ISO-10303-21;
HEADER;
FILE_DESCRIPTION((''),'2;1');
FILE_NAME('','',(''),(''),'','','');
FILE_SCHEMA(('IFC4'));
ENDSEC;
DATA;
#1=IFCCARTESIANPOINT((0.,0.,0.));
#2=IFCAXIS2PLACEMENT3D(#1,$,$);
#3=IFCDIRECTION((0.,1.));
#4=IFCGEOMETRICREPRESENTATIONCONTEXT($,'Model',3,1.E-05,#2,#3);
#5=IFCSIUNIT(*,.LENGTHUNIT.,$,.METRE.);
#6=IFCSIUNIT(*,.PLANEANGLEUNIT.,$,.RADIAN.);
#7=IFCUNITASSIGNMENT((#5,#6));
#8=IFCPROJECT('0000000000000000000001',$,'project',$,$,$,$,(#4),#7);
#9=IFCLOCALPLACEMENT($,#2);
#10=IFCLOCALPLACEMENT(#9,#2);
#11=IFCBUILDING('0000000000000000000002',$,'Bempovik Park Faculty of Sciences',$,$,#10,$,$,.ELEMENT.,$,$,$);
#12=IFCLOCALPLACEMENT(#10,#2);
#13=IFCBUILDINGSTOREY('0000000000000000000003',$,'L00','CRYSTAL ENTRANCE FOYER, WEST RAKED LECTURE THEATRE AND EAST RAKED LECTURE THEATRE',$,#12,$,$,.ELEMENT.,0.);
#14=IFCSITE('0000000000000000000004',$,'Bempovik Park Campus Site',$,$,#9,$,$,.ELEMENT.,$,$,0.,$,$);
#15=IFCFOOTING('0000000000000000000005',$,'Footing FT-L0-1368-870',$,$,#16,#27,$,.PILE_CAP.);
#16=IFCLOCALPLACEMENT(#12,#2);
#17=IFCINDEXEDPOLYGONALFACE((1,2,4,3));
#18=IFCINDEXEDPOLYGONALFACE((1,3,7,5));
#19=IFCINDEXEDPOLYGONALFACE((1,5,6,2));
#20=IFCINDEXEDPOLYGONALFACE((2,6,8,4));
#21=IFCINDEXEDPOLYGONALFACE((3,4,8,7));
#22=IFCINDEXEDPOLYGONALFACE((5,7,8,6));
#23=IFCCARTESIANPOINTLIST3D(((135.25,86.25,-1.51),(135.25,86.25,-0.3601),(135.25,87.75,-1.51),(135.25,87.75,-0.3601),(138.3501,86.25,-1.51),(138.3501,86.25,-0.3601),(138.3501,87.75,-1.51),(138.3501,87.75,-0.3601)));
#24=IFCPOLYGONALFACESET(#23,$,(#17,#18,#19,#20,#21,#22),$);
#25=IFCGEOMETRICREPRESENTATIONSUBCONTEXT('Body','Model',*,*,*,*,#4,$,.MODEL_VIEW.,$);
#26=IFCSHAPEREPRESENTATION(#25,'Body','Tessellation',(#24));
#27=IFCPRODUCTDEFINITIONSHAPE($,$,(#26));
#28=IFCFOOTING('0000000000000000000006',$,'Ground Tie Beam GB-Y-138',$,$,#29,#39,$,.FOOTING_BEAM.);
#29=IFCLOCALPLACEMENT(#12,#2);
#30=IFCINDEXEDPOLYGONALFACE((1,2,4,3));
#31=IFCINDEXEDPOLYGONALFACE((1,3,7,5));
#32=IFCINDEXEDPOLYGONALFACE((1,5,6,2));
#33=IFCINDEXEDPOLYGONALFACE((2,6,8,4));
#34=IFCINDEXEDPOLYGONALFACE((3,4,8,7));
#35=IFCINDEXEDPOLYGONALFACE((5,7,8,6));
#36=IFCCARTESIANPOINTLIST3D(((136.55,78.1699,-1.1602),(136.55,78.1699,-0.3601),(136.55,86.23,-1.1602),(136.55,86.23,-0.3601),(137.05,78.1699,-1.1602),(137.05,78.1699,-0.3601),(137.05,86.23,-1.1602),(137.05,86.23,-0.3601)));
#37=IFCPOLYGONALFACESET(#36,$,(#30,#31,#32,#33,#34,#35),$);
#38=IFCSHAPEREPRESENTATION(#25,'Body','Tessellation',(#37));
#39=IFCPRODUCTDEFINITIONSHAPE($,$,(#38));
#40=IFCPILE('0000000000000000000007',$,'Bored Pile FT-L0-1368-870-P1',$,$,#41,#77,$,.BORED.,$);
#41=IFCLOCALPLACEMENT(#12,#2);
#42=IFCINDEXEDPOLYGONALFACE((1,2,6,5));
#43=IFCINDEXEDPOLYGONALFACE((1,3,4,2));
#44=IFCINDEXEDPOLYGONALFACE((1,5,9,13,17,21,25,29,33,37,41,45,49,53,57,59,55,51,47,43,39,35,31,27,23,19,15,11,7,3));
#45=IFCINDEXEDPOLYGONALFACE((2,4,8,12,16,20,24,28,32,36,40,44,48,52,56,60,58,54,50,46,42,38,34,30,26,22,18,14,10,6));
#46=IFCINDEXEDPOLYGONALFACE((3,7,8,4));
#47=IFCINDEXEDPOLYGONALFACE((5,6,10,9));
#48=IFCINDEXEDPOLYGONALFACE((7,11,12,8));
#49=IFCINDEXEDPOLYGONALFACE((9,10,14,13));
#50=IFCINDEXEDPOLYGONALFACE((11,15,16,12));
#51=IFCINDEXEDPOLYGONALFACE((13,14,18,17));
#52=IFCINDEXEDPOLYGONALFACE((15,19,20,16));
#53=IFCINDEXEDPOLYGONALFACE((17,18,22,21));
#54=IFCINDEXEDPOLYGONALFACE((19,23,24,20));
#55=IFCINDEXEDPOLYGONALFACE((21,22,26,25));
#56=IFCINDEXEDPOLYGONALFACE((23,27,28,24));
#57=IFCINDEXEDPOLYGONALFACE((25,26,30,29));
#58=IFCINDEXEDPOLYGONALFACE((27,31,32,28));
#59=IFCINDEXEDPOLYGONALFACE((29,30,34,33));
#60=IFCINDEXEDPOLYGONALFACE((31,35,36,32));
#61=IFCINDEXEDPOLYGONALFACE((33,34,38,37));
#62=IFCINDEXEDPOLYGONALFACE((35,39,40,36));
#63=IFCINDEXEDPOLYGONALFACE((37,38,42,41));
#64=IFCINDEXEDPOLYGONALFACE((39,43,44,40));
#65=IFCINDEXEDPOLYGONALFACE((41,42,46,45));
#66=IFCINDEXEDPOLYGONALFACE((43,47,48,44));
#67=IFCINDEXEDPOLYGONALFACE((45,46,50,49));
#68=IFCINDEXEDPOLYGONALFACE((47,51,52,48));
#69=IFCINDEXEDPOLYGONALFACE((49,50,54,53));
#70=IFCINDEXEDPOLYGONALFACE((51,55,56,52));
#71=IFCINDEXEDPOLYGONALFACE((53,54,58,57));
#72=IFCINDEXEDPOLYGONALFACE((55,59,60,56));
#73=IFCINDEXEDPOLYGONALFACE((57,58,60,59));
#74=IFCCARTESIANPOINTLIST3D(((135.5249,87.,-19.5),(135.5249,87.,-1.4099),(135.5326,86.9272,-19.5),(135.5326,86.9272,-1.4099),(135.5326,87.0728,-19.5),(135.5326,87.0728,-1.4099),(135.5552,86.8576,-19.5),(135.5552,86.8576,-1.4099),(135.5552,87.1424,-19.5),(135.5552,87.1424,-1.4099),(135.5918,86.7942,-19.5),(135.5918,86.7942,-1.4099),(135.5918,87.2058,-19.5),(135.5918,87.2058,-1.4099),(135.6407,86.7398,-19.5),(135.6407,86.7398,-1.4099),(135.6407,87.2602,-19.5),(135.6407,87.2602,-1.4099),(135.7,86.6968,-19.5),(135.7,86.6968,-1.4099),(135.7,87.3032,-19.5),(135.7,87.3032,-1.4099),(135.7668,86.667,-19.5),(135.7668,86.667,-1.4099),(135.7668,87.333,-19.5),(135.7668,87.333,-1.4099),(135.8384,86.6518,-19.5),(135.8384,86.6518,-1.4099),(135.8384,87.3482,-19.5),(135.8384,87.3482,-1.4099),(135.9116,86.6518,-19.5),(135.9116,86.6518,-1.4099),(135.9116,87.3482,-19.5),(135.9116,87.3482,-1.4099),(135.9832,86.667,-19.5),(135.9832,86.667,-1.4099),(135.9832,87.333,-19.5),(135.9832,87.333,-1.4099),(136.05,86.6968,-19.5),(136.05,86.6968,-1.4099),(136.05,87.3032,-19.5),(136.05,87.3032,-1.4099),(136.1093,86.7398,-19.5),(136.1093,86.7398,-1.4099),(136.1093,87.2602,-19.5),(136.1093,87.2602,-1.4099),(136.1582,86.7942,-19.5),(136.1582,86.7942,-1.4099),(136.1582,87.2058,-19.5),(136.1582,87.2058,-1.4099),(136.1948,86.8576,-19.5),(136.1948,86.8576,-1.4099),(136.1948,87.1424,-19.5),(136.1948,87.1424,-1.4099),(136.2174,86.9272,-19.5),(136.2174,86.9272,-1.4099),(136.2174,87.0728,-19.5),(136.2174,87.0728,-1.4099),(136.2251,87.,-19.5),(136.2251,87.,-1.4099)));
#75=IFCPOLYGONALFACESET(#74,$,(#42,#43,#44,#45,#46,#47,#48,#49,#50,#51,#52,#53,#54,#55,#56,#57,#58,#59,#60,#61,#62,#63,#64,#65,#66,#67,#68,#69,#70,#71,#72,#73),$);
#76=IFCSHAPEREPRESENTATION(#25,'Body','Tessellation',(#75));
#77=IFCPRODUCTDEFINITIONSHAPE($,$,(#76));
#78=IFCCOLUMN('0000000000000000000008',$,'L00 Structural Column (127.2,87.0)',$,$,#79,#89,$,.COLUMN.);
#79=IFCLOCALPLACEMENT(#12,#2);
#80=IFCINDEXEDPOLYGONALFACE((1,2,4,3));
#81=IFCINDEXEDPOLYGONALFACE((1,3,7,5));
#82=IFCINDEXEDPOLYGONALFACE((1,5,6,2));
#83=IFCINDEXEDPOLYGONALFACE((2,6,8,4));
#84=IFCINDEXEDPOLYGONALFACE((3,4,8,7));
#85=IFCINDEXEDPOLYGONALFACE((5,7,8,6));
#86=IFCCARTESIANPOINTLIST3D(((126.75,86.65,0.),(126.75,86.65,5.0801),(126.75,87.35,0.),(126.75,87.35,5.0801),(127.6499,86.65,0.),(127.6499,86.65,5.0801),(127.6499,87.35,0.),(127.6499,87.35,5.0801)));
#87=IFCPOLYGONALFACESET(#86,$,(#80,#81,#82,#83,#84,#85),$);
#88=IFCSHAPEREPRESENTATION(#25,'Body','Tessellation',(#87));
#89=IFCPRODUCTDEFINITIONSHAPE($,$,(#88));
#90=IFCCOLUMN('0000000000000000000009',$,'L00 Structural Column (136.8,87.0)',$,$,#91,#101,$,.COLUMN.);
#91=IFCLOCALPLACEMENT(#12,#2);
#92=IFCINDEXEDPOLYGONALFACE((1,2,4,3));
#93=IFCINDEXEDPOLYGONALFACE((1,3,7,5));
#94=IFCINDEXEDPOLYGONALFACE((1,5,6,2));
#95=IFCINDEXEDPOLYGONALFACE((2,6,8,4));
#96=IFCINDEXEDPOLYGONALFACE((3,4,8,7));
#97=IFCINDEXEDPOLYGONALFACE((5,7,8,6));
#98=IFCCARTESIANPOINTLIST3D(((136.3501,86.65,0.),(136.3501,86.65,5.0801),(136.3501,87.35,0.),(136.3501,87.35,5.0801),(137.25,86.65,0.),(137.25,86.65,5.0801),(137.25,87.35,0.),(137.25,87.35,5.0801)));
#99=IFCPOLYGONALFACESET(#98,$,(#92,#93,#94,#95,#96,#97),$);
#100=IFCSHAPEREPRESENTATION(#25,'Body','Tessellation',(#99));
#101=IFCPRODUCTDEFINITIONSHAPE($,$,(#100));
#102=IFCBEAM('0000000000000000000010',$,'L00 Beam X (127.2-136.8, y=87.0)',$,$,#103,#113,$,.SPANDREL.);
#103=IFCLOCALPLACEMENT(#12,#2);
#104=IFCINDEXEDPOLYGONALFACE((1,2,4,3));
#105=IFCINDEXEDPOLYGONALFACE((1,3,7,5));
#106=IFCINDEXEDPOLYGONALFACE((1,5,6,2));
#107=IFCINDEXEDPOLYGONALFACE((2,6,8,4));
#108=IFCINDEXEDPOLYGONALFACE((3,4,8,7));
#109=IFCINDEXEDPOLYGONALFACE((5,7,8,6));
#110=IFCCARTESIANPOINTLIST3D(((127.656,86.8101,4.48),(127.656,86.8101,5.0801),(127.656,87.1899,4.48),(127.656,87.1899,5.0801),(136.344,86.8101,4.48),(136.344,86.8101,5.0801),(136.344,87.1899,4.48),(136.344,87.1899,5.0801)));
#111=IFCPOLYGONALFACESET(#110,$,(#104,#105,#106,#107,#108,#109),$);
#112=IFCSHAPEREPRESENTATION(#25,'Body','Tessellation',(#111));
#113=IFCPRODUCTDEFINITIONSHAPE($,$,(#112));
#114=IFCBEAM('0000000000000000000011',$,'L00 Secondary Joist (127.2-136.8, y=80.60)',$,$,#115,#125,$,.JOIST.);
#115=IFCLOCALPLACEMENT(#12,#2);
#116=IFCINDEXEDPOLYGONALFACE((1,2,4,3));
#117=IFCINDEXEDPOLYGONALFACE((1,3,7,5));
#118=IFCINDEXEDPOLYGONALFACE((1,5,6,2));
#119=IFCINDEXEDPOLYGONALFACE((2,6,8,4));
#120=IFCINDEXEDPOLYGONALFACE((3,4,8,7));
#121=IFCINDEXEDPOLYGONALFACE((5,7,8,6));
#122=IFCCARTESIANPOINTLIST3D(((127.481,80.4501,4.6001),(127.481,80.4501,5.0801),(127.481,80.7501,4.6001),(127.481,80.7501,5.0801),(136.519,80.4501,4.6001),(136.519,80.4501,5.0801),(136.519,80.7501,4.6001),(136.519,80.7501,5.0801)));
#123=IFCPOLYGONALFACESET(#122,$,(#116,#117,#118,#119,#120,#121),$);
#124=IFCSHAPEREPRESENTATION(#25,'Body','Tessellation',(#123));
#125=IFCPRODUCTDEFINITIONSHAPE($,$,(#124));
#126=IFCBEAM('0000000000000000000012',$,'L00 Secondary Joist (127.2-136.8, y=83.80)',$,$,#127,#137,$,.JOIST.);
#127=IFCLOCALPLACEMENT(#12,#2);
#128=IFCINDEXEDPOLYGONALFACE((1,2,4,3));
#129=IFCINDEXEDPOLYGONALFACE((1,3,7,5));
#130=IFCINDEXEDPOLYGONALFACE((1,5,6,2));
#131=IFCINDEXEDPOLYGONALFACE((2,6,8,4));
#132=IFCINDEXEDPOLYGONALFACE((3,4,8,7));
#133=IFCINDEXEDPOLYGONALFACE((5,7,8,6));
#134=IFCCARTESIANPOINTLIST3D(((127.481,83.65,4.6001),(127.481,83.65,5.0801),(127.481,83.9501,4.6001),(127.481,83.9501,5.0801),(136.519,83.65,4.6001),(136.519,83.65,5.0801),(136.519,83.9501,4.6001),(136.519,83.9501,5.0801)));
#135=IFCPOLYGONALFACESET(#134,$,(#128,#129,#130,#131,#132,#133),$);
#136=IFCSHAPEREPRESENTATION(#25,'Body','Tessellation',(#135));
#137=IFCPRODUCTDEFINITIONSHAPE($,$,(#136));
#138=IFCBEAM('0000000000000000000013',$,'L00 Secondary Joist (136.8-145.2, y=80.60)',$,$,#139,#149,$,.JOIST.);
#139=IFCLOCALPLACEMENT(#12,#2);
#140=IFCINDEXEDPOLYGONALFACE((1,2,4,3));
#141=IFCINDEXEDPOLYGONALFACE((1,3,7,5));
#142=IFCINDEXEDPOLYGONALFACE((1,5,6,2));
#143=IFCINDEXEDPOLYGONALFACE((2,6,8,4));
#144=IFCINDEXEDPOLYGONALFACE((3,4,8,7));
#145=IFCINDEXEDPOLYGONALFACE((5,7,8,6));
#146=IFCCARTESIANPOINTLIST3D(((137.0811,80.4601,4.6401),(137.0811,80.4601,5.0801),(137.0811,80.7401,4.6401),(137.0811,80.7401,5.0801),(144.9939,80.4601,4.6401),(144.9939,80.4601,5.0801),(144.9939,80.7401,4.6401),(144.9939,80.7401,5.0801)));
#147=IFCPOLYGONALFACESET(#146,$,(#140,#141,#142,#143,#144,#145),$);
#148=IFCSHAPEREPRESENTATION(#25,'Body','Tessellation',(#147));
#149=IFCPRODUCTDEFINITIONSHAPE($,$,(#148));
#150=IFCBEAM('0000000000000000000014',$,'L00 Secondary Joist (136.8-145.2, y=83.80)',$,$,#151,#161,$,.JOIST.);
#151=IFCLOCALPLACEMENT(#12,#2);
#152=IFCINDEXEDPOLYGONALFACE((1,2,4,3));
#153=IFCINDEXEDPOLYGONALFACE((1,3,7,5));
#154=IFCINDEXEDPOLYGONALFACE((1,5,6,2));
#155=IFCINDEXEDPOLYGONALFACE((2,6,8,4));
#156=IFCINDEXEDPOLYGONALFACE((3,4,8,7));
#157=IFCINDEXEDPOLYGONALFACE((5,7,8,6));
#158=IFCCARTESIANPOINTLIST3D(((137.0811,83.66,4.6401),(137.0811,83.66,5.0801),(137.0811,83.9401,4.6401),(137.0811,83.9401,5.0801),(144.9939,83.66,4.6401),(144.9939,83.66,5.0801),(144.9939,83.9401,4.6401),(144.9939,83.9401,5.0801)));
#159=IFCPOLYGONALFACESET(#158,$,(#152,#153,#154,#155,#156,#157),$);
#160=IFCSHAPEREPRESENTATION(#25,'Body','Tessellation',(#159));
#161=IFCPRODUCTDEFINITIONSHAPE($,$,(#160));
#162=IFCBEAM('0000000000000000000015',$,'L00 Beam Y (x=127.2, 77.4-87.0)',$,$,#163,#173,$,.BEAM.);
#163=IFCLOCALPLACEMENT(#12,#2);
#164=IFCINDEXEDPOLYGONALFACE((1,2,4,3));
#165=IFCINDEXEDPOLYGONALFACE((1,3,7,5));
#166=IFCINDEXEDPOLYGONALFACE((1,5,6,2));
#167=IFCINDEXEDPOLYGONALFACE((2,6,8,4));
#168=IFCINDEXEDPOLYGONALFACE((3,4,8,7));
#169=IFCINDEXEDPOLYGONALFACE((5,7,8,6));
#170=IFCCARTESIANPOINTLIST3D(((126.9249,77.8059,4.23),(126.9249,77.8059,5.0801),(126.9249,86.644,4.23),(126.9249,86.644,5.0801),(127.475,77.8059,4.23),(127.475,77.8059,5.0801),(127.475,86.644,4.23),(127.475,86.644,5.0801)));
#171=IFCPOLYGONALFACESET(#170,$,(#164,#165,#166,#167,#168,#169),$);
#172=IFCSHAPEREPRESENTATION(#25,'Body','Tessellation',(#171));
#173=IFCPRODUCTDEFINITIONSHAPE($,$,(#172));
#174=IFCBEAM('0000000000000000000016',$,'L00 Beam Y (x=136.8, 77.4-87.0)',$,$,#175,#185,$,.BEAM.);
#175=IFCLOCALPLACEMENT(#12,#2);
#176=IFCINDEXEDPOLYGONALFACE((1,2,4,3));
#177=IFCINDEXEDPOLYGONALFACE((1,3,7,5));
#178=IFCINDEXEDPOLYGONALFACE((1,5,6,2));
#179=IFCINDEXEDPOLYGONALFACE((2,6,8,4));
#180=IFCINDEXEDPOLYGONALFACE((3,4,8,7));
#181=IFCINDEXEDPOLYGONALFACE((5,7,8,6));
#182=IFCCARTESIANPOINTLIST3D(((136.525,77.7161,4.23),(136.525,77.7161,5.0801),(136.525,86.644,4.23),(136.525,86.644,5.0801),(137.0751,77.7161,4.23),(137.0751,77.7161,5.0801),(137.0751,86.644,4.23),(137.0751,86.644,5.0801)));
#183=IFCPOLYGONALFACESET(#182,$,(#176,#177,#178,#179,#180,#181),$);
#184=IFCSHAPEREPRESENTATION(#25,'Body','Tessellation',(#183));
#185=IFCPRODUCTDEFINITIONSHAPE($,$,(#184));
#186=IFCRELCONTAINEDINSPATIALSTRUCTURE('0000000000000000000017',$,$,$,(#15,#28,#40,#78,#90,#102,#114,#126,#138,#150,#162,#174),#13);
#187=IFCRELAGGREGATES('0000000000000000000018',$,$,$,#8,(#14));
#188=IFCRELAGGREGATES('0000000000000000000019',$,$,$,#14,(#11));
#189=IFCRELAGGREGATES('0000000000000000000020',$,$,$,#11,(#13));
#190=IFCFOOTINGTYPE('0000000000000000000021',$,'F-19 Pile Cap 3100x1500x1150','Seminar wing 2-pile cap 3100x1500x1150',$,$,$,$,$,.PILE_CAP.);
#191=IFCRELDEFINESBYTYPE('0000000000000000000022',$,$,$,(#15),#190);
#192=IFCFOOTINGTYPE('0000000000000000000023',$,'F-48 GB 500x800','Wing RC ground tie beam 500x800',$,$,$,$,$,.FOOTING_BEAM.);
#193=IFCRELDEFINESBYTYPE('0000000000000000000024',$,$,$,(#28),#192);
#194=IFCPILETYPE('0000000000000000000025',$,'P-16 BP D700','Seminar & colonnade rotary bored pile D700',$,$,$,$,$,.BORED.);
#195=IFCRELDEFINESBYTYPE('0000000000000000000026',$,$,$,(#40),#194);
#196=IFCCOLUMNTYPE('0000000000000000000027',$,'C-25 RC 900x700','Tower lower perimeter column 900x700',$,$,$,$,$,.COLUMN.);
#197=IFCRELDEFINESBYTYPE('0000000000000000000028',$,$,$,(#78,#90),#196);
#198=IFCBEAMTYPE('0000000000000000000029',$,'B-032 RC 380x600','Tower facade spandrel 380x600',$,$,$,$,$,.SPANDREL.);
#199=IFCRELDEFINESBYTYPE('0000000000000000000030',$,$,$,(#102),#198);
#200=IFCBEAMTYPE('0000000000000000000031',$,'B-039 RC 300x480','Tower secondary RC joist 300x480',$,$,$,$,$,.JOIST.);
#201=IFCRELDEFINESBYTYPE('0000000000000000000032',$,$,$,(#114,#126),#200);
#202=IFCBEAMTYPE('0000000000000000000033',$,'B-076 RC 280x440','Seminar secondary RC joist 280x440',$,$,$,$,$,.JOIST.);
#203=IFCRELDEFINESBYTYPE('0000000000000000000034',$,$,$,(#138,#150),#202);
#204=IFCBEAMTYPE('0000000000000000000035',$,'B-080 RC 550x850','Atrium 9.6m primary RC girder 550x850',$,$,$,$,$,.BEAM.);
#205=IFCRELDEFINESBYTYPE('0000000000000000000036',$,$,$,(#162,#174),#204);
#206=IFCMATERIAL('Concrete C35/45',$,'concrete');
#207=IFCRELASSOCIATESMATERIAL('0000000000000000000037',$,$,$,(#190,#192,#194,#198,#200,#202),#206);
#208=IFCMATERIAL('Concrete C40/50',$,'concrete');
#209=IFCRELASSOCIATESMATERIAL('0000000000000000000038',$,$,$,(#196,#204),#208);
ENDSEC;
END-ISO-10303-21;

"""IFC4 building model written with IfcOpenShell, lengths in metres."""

from ifc_helpers import new_model, si_unit, direction, frame, origin, origin_2d, place, context, subcontext, project, spatial, rectangle, circle, extrude, material, material_profile, profile_set, type_object, element, save


model = new_model("IFC4")

# Units and contexts
model_context = context("Model", 3, precision=1e-05, world=origin(), true_north=direction((0.0, 1.0)))
body_context = subcontext(model_context, "Body", "Model", "MODEL_VIEW")
ifc_project = project(units=[si_unit("LENGTHUNIT", "METRE"), si_unit("PLANEANGLEUNIT", "RADIAN")], contexts=[model_context])

# Site, building, storey
site_placement = place(None, origin())
site = spatial("IfcSite", under=ifc_project, at=site_placement, Name="Bempovik Park Campus Site", CompositionType="ELEMENT", RefElevation=0.0)
building_placement = place(site_placement, origin())
building = spatial("IfcBuilding", under=site, at=building_placement, Name="Bempovik Park Faculty of Sciences", CompositionType="ELEMENT")
storey_placement = place(building_placement, origin())
storey = spatial("IfcBuildingStorey", under=building, at=storey_placement, Name="L00", Description="CRYSTAL ENTRANCE FOYER, WEST RAKED LECTURE THEATRE AND EAST RAKED LECTURE THEATRE", CompositionType="ELEMENT", Elevation=0.0)

# Footings
ifc_material_1 = material(Name="Concrete C35/45", Category="concrete")
footing_type_1 = type_object("IfcFootingType", Name="F-19 Pile Cap 3100x1500x1150", Description="Seminar wing 2-pile cap 3100x1500x1150", PredefinedType="PILE_CAP", material=ifc_material_1)
footing_1_placement = place(storey_placement, frame((136.8, 87.0, -1.51), z_axis=(0.0, 0.0, 1.0), x_axis=(1.0, 0.0, 0.0)))
element("IfcFooting", 1, at=footing_1_placement, inside=storey, type_object=footing_type_1, Name="Footing FT-L0-1368-870", PredefinedType="PILE_CAP", context=body_context, shape_type="SweptSolid", body=[
    extrude(rectangle(XDim=3.1001, YDim=1.5, at=origin_2d()), origin(), (0.0, 0.0, 1.0), 1.1499),
])
footing_type_2 = type_object("IfcFootingType", Name="F-48 GB 500x800", Description="Wing RC ground tie beam 500x800", PredefinedType="FOOTING_BEAM", material=ifc_material_1)
footing_2_placement = place(storey_placement, frame((136.8, 82.2, -1.1602), z_axis=(0.0, 0.0, 1.0), x_axis=(1.0, 0.0, 0.0)))
element("IfcFooting", 2, at=footing_2_placement, inside=storey, type_object=footing_type_2, Name="Ground Tie Beam GB-Y-138", PredefinedType="FOOTING_BEAM", context=body_context, shape_type="SweptSolid", body=[
    extrude(rectangle(XDim=0.5, YDim=8.0601, at=origin_2d()), origin(), (0.0, 0.0, 1.0), 0.8),
])

# Pile
ifc_material_profile_1 = material_profile(ifc_material_1, circle(Radius=0.3501, at=origin_2d()), Name="BP D700")
ifc_profile_set_1 = profile_set([ifc_material_profile_1], Name="Concrete C35/45")
pile_type = type_object("IfcPileType", Name="P-16 BP D700", Description="Seminar & colonnade rotary bored pile D700", PredefinedType="BORED", material=ifc_profile_set_1)
pile_placement = place(storey_placement, frame((135.875, 87.0, -1.4099), z_axis=(0.0, 0.0, -1.0), x_axis=(1.0, 0.0, 0.0)))
element("IfcPile", 3, at=pile_placement, inside=storey, type_object=pile_type, Name="Bored Pile FT-L0-1368-870-P1", PredefinedType="BORED", context=body_context, shape_type="SweptSolid", body=[
    extrude(circle(Radius=0.3501, at=origin_2d()), origin(), (0.0, 0.0, 1.0), 18.0901),
])

# Columns
ifc_material_2 = material(Name="Concrete C40/50", Category="concrete")
ifc_material_profile_2 = material_profile(ifc_material_2, rectangle(XDim=0.8999, YDim=0.7, at=origin_2d()), Name="RC 900x700")
ifc_profile_set_2 = profile_set([ifc_material_profile_2], Name="Concrete C40/50")
column_type = type_object("IfcColumnType", Name="C-25 RC 900x700", Description="Tower lower perimeter column 900x700", PredefinedType="COLUMN", material=ifc_profile_set_2)
for number, where, z_axis, x_axis, name in (
    (4, (127.2, 87.0, 0.0), (0.0, 0.0, 1.0), (1.0, 0.0, 0.0), "L00 Structural Column (127.2,87.0)"),
    (5, (136.8, 87.0, 0.0), (0.0, 0.0, 1.0), (1.0, 0.0, 0.0), "L00 Structural Column (136.8,87.0)"),
):
    element("IfcColumn", number, at=place(storey_placement, frame(where, z_axis=z_axis, x_axis=x_axis)), inside=storey, type_object=column_type, Name=name, PredefinedType="COLUMN", context=body_context, shape_type="SweptSolid", body=[
        extrude(rectangle(XDim=0.8999, YDim=0.7, at=origin_2d()), origin(), (0.0, 0.0, 1.0), 5.0801),
    ])

# Beams
ifc_material_profile_3 = material_profile(ifc_material_1, rectangle(XDim=0.3799, YDim=0.6001, at=origin_2d()), Name="RC 380x600")
ifc_profile_set_3 = profile_set([ifc_material_profile_3], Name="Concrete C35/45")
beam_type_1 = type_object("IfcBeamType", Name="B-032 RC 380x600", Description="Tower facade spandrel 380x600", PredefinedType="SPANDREL", material=ifc_profile_set_3)
beam_1_placement = place(storey_placement, frame((127.656, 87.0, 4.78), z_axis=(1.0, 0.0, 0.0), x_axis=(0.0, 1.0, 0.0)))
element("IfcBeam", 6, at=beam_1_placement, inside=storey, type_object=beam_type_1, Name="L00 Beam X (127.2-136.8, y=87.0)", PredefinedType="SPANDREL", context=body_context, shape_type="SweptSolid", body=[
    extrude(rectangle(XDim=0.3799, YDim=0.6001, at=origin_2d()), origin(), (0.0, 0.0, 1.0), 8.688),
])
ifc_material_profile_4 = material_profile(ifc_material_1, rectangle(XDim=0.3, YDim=0.48, at=origin_2d()), Name="RC 300x480")
ifc_profile_set_4 = profile_set([ifc_material_profile_4], Name="Concrete C35/45")
beam_type_2 = type_object("IfcBeamType", Name="B-039 RC 300x480", Description="Tower secondary RC joist 300x480", PredefinedType="JOIST", material=ifc_profile_set_4)
for number, where, z_axis, x_axis, name in (
    (7, (127.481, 80.6001, 4.8401), (1.0, 0.0, 0.0), (0.0, 1.0, 0.0), "L00 Secondary Joist (127.2-136.8, y=80.60)"),
    (8, (127.481, 83.8, 4.8401), (1.0, 0.0, 0.0), (0.0, 1.0, 0.0), "L00 Secondary Joist (127.2-136.8, y=83.80)"),
):
    element("IfcBeam", number, at=place(storey_placement, frame(where, z_axis=z_axis, x_axis=x_axis)), inside=storey, type_object=beam_type_2, Name=name, PredefinedType="JOIST", context=body_context, shape_type="SweptSolid", body=[
        extrude(rectangle(XDim=0.3, YDim=0.48, at=origin_2d()), origin(), (0.0, 0.0, 1.0), 9.0381),
    ])
ifc_material_profile_5 = material_profile(ifc_material_1, rectangle(XDim=0.28, YDim=0.4399, at=origin_2d()), Name="RC 280x440")
ifc_profile_set_5 = profile_set([ifc_material_profile_5], Name="Concrete C35/45")
beam_type_3 = type_object("IfcBeamType", Name="B-076 RC 280x440", Description="Seminar secondary RC joist 280x440", PredefinedType="JOIST", material=ifc_profile_set_5)
for number, where, z_axis, x_axis, name in (
    (9, (137.0811, 80.6001, 4.8601), (1.0, 0.0, 0.0), (0.0, 1.0, 0.0), "L00 Secondary Joist (136.8-145.2, y=80.60)"),
    (10, (137.0811, 83.8, 4.8601), (1.0, 0.0, 0.0), (0.0, 1.0, 0.0), "L00 Secondary Joist (136.8-145.2, y=83.80)"),
):
    element("IfcBeam", number, at=place(storey_placement, frame(where, z_axis=z_axis, x_axis=x_axis)), inside=storey, type_object=beam_type_3, Name=name, PredefinedType="JOIST", context=body_context, shape_type="SweptSolid", body=[
        extrude(rectangle(XDim=0.28, YDim=0.4399, at=origin_2d()), origin(), (0.0, 0.0, 1.0), 7.9128),
    ])
ifc_material_profile_6 = material_profile(ifc_material_2, rectangle(XDim=0.55, YDim=0.8501, at=origin_2d()), Name="RC 550x850")
ifc_profile_set_6 = profile_set([ifc_material_profile_6], Name="Concrete C40/50")
beam_type_4 = type_object("IfcBeamType", Name="B-080 RC 550x850", Description="Atrium 9.6m primary RC girder 550x850", PredefinedType="BEAM", material=ifc_profile_set_6)
beam_2_placement = place(storey_placement, frame((127.2, 77.8059, 4.655), z_axis=(0.0, 1.0, 0.0), x_axis=(-1.0, 0.0, 0.0)))
element("IfcBeam", 11, at=beam_2_placement, inside=storey, type_object=beam_type_4, Name="L00 Beam Y (x=127.2, 77.4-87.0)", PredefinedType="BEAM", context=body_context, shape_type="SweptSolid", body=[
    extrude(rectangle(XDim=0.55, YDim=0.8501, at=origin_2d()), origin(), (0.0, 0.0, 1.0), 8.8381),
])
beam_3_placement = place(storey_placement, frame((136.8, 77.7161, 4.655), z_axis=(0.0, 1.0, 0.0), x_axis=(-1.0, 0.0, 0.0)))
element("IfcBeam", 12, at=beam_3_placement, inside=storey, type_object=beam_type_4, Name="L00 Beam Y (x=136.8, 77.4-87.0)", PredefinedType="BEAM", context=body_context, shape_type="SweptSolid", body=[
    extrude(rectangle(XDim=0.55, YDim=0.8501, at=origin_2d()), origin(), (0.0, 0.0, 1.0), 8.928),
])

save(model, "model.ifc")
